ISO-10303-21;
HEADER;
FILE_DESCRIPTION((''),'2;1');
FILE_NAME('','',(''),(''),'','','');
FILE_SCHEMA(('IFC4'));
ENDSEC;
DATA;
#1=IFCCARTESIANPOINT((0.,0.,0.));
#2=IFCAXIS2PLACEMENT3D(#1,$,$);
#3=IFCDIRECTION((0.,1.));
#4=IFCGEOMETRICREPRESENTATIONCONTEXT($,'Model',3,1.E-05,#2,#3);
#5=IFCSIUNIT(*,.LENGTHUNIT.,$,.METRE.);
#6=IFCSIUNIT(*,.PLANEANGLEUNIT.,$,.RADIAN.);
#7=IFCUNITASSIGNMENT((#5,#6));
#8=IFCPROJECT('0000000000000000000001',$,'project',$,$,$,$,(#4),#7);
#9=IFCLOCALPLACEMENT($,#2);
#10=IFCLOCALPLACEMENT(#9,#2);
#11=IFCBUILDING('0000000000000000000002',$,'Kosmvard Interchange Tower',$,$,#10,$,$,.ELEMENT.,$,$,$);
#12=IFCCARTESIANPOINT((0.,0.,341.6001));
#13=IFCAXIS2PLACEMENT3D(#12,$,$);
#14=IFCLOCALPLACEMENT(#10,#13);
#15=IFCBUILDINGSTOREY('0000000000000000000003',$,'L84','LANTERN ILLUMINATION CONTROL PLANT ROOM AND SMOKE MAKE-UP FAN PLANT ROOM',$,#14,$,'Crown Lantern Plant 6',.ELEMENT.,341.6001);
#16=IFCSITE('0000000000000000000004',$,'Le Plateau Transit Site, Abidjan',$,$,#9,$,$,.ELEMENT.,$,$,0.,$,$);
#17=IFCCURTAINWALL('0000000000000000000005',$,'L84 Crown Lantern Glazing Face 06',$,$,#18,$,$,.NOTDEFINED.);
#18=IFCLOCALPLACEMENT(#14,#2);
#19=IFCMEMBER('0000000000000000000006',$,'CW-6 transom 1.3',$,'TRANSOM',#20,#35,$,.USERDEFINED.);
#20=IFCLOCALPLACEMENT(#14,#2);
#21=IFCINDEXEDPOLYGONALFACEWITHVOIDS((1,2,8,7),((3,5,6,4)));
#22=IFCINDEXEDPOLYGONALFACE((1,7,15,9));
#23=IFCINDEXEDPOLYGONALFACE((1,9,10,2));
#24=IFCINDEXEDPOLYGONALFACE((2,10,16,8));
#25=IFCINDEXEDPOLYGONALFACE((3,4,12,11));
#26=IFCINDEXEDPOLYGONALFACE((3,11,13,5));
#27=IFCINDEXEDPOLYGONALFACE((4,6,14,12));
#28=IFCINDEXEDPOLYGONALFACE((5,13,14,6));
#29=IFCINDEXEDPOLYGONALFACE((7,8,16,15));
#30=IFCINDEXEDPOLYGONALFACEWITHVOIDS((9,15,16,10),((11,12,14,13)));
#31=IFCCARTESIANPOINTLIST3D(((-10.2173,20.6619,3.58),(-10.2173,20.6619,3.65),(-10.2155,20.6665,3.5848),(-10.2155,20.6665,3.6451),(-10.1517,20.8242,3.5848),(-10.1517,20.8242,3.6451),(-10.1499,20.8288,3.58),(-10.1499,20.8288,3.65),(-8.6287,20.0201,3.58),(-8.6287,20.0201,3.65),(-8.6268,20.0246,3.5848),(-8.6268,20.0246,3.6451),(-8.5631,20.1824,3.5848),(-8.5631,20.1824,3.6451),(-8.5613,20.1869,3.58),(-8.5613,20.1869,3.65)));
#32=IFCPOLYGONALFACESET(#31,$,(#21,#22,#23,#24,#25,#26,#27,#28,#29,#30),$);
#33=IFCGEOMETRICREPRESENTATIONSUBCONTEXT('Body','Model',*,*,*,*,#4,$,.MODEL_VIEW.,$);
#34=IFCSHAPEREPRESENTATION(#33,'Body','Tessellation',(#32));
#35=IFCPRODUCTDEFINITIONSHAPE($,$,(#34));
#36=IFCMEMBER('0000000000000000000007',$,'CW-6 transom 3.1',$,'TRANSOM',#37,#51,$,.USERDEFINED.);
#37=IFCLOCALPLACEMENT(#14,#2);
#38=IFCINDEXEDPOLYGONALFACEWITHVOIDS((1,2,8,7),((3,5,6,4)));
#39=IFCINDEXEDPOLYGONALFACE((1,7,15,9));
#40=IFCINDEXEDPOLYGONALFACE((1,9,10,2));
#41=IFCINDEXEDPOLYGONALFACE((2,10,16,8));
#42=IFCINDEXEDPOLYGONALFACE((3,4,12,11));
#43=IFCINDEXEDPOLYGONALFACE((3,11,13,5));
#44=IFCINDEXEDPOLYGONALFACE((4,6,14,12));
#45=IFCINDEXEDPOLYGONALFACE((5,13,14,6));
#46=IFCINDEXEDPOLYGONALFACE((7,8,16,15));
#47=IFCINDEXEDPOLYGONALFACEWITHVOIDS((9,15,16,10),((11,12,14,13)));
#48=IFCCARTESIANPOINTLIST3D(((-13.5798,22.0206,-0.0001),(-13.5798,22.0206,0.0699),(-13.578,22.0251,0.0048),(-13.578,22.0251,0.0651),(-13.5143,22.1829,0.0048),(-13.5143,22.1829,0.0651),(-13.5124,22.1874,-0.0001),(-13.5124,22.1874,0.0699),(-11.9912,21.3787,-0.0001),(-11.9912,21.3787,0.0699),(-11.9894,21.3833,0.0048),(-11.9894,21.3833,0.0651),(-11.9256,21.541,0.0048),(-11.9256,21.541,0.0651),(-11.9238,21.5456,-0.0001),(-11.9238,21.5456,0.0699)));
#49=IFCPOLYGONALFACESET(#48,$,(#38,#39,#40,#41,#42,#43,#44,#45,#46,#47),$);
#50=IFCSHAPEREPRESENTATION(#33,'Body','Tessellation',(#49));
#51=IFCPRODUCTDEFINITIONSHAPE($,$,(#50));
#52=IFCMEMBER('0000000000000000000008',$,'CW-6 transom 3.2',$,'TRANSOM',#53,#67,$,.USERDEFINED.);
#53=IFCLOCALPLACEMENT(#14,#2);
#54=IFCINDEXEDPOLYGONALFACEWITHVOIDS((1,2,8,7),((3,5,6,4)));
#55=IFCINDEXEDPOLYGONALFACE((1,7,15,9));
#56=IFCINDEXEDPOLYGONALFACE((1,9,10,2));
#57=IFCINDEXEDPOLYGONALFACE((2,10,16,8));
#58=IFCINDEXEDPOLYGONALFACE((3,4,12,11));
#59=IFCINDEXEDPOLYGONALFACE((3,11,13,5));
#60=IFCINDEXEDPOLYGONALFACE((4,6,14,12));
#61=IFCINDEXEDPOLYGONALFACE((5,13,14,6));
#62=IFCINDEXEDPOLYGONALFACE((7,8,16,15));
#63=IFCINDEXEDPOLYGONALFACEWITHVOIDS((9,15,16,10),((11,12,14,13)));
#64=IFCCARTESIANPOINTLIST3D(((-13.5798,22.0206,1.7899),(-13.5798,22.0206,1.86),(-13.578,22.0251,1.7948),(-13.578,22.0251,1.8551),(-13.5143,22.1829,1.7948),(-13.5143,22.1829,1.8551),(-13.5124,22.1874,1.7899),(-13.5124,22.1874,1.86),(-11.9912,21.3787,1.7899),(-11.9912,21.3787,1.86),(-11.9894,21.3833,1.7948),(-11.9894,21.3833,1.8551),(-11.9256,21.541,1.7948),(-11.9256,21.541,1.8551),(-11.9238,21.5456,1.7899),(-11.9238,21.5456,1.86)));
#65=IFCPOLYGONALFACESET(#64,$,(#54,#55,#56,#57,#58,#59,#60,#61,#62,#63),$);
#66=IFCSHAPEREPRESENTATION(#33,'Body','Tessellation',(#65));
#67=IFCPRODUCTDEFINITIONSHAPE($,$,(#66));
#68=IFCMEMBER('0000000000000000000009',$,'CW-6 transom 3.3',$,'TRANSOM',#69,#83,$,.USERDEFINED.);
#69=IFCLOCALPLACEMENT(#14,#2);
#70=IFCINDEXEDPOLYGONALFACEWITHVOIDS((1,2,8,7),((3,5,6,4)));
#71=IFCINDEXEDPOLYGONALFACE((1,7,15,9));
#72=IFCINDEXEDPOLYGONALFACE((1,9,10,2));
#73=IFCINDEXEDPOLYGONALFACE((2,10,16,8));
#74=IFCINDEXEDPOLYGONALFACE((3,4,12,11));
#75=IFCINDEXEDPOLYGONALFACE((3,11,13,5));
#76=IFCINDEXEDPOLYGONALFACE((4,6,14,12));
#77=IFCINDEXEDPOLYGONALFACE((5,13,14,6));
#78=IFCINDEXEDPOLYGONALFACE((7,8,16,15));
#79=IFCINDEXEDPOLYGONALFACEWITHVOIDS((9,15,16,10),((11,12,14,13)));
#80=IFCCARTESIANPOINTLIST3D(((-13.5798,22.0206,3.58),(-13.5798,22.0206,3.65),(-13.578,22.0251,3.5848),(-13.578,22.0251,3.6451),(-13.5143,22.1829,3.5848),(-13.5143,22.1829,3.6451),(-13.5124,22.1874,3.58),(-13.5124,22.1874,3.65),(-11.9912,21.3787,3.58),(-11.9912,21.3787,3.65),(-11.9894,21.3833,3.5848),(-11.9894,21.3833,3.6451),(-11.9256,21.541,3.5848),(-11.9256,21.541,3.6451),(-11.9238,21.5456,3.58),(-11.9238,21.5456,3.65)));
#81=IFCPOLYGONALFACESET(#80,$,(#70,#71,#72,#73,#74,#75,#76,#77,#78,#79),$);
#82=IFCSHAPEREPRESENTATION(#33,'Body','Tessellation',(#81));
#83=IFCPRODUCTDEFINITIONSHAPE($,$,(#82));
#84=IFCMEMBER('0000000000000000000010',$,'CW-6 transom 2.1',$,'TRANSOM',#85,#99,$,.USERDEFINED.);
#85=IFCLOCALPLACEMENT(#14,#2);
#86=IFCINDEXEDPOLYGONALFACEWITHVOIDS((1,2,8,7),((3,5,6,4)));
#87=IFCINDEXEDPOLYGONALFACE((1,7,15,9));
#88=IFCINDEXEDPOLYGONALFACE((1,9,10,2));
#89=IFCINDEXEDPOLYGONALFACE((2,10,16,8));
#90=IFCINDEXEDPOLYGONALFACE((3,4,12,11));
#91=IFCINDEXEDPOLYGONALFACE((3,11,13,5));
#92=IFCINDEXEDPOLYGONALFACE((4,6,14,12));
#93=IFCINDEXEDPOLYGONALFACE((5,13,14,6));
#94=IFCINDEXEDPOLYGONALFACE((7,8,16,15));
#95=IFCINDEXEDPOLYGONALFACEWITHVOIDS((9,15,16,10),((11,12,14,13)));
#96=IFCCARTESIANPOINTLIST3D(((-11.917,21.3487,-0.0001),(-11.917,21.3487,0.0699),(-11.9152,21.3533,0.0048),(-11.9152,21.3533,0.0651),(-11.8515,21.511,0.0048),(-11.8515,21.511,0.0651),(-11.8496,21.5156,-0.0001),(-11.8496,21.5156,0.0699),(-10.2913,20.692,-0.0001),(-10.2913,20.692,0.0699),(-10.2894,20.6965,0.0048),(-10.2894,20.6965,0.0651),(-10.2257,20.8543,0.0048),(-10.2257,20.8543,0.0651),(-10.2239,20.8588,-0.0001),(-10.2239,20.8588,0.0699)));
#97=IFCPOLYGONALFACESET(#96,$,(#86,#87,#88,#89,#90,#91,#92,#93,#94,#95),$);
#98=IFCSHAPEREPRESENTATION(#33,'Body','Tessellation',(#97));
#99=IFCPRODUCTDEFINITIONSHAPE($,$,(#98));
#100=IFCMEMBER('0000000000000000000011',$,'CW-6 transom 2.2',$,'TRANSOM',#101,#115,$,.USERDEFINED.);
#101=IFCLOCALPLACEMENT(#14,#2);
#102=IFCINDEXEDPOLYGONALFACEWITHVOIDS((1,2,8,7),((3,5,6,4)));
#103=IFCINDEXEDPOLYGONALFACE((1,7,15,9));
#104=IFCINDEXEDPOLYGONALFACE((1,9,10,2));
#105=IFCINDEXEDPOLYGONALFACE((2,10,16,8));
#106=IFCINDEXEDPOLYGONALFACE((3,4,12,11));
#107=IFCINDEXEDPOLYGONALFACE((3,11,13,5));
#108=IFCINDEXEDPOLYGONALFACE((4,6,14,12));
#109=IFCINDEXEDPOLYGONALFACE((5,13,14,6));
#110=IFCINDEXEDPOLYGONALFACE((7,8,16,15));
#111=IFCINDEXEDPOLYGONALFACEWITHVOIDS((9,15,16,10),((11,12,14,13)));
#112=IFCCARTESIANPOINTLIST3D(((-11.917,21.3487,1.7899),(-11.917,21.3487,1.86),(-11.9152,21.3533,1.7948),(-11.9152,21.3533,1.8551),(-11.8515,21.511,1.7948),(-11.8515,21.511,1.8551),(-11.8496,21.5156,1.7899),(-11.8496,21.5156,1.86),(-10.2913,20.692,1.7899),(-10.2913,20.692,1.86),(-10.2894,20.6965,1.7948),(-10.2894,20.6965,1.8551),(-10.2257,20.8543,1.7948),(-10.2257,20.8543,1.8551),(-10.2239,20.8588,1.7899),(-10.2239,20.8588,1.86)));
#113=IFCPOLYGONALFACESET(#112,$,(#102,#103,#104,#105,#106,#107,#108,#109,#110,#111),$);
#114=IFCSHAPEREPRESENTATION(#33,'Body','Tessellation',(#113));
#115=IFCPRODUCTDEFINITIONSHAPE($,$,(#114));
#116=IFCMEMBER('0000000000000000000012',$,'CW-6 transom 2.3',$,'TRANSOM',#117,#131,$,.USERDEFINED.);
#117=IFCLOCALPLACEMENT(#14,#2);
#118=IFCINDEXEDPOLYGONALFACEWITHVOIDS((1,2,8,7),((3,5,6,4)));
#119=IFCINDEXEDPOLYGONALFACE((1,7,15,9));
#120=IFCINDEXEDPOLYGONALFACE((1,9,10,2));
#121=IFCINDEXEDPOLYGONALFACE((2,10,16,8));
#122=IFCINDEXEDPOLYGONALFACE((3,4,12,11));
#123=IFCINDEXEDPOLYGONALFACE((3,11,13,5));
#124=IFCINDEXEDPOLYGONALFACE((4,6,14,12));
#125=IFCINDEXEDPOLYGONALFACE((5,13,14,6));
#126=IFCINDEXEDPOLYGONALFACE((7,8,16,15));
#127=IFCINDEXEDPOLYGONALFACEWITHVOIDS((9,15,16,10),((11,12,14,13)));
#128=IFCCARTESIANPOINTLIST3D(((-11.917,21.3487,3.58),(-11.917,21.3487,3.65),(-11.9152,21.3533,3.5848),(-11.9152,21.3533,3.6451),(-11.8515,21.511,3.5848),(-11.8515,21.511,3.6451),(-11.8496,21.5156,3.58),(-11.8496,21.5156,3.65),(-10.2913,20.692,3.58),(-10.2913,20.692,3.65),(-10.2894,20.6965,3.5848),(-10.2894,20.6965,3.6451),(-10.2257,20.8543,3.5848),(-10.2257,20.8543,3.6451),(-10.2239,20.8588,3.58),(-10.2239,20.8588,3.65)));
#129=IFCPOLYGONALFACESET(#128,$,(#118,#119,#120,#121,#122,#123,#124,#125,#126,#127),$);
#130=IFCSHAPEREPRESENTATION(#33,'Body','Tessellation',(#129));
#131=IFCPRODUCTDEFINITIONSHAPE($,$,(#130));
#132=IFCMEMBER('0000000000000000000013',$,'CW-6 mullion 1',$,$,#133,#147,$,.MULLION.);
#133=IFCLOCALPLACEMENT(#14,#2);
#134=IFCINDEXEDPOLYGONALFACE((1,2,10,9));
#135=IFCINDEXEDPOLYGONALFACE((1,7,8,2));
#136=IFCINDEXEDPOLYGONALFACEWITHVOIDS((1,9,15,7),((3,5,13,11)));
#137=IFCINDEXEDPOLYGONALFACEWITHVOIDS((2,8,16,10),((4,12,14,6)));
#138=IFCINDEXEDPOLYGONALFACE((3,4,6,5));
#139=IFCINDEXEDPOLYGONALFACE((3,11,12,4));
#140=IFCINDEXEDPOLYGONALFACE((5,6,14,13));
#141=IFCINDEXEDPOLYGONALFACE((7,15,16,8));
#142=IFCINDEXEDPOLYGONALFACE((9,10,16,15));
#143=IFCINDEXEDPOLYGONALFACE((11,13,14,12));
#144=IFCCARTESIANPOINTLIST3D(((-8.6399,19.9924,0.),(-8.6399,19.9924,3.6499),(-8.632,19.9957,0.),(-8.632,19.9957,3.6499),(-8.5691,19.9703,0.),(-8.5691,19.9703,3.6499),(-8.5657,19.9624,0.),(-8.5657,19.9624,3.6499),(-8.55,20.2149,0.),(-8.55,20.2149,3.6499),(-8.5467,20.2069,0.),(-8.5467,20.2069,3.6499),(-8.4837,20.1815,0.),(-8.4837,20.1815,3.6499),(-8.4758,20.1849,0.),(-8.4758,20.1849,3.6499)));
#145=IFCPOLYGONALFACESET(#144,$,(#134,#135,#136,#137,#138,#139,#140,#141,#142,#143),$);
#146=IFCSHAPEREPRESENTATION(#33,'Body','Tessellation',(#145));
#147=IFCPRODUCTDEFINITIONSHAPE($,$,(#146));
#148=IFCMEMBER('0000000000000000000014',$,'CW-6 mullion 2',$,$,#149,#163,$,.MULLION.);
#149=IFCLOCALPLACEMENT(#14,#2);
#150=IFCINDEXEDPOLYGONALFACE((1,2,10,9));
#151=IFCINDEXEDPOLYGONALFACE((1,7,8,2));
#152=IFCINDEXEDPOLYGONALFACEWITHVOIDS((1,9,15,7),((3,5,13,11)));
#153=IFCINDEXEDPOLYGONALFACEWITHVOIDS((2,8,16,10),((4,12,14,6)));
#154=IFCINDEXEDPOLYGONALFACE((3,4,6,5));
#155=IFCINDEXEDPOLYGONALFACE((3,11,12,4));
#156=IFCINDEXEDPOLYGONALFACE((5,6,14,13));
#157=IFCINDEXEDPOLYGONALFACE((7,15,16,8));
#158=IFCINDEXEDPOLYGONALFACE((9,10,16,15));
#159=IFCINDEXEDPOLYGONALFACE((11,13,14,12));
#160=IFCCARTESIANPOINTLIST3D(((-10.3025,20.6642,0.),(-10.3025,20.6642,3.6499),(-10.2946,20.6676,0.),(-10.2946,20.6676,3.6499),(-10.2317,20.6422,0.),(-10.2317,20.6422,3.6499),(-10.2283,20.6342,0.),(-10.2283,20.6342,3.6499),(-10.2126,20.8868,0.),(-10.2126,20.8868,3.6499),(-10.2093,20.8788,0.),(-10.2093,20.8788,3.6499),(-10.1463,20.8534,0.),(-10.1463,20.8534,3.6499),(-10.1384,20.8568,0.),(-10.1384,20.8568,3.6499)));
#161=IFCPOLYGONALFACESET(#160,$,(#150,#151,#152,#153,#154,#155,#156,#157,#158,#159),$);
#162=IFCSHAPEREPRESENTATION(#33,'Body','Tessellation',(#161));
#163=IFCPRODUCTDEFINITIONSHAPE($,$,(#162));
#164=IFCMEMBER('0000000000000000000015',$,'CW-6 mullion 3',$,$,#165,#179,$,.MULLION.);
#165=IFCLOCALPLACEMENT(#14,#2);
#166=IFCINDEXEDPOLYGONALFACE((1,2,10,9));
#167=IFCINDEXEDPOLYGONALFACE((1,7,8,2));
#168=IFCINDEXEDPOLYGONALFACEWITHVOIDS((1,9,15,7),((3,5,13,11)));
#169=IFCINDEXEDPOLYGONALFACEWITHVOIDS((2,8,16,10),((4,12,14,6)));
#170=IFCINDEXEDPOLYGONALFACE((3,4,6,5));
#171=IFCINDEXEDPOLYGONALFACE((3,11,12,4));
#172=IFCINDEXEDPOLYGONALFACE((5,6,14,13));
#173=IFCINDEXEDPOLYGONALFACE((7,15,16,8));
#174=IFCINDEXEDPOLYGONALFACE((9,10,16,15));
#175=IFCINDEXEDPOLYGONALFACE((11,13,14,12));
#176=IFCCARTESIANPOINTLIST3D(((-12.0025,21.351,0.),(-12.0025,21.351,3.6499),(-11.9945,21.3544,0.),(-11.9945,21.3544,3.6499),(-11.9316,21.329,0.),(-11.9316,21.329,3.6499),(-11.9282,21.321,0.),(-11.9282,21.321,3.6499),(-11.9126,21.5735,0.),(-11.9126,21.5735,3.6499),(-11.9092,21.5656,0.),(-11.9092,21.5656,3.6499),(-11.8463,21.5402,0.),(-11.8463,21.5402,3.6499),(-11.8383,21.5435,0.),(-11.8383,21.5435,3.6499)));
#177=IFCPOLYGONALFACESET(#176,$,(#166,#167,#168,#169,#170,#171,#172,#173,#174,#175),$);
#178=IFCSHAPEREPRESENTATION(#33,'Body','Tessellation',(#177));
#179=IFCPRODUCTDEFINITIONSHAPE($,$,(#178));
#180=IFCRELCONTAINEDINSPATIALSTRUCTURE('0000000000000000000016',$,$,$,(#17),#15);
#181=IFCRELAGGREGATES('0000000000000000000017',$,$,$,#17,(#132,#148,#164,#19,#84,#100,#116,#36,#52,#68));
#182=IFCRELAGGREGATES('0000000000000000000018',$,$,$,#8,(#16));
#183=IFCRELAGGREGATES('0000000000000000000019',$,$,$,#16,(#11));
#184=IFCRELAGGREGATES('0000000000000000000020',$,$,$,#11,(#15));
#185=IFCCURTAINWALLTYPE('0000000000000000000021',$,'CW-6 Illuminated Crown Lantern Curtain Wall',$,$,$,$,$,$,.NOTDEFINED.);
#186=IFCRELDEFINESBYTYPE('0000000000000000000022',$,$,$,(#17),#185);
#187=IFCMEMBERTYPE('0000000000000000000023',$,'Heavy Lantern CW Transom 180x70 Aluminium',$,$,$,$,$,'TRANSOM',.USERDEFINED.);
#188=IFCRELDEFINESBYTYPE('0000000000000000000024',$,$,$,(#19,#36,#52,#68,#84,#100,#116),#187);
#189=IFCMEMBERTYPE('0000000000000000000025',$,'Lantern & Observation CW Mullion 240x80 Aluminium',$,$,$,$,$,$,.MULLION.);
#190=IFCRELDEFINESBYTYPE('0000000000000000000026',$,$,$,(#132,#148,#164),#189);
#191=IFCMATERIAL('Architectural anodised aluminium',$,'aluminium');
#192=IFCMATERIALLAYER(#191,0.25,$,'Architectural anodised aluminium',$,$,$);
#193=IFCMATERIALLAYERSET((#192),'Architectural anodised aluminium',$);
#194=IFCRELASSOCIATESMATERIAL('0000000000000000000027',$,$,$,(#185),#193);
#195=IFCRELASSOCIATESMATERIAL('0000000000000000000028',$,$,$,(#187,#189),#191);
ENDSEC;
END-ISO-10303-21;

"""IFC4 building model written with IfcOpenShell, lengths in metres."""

from ifc_helpers import new_model, si_unit, direction, frame, origin, origin_2d, place, context, subcontext, project, spatial, hollow_rectangle, extrude, source, transform, mapped, material, layer, layer_set, material_profile, profile_set, type_object, element, aggregate, save


model = new_model("IFC4")

# Units and contexts
model_context = context("Model", 3, precision=1e-05, world=origin(), true_north=direction((0.0, 1.0)))
body_context = subcontext(model_context, "Body", "Model", "MODEL_VIEW")
ifc_project = project(units=[si_unit("LENGTHUNIT", "METRE"), si_unit("PLANEANGLEUNIT", "RADIAN")], contexts=[model_context])

# Site, building, storey
site_placement = place(None, origin())
site = spatial("IfcSite", under=ifc_project, at=site_placement, Name="Le Plateau Transit Site, Abidjan", CompositionType="ELEMENT", RefElevation=0.0)
building_placement = place(site_placement, origin())
building = spatial("IfcBuilding", under=site, at=building_placement, Name="Kosmvard Interchange Tower", CompositionType="ELEMENT")
storey_placement = place(building_placement, frame((0.0, 0.0, 341.6001)))
storey = spatial("IfcBuildingStorey", under=building, at=storey_placement, Name="L84", Description="LANTERN ILLUMINATION CONTROL PLANT ROOM AND SMOKE MAKE-UP FAN PLANT ROOM", LongName="Crown Lantern Plant 6", CompositionType="ELEMENT", Elevation=341.6001)

# Curtain wall, members
ifc_material_1 = material(Name="Architectural anodised aluminium", Category="aluminium")
ifc_layer_1 = layer(ifc_material_1, 0.25, Name="Architectural anodised aluminium")
ifc_layer_set_1 = layer_set([ifc_layer_1], Name="Architectural anodised aluminium")
curtain_wall_type = type_object("IfcCurtainWallType", Name="CW-6 Illuminated Crown Lantern Curtain Wall", PredefinedType="NOTDEFINED", material=ifc_layer_set_1)
curtain_wall_placement = place(storey_placement, origin())
curtain_wall = element("IfcCurtainWall", 1, at=curtain_wall_placement, inside=storey, type_object=curtain_wall_type, Name="L84 Crown Lantern Glazing Face 06", PredefinedType="NOTDEFINED")
ifc_material_profile_1 = material_profile(ifc_material_1, hollow_rectangle(XDim=0.1799, YDim=0.0701, WallThickness=0.0049, at=origin_2d()), Name="CWT 180x70x5")
ifc_profile_set_1 = profile_set([ifc_material_profile_1], Name="Architectural anodised aluminium")
member_type_1 = type_object("IfcMemberType", Name="Heavy Lantern CW Transom 180x70 Aluminium", ElementType="TRANSOM", PredefinedType="USERDEFINED", material=ifc_profile_set_1)
shared_shape_1 = source(origin(), body_context, "Body", "SweptSolid", [
    extrude(hollow_rectangle(XDim=0.1799, YDim=0.0701, WallThickness=0.0049, at=origin_2d()), origin(), (0.0, 0.0, 1.0), 1.7134),
])
member_1_placement = place(storey_placement, frame((-8.595, 20.1035, 3.615), z_axis=(-0.927184, 0.374607, 0.0), x_axis=(-0.374607, -0.927184, 0.0)))
member_1 = element("IfcMember", 2, at=member_1_placement, type_object=member_type_1, Name="CW-6 transom 1.3", ObjectType="TRANSOM", PredefinedType="USERDEFINED", context=body_context, shape_type="MappedRepresentation", body=[
    mapped(shared_shape_1, transform((0.0, 0.0, 0.0), scale=1.0)),
])
member_2_placement = place(storey_placement, frame((-11.9575, 21.4622, 0.0349), z_axis=(-0.927184, 0.374607, 0.0), x_axis=(-0.374607, -0.927184, 0.0)))
member_2 = element("IfcMember", 3, at=member_2_placement, type_object=member_type_1, Name="CW-6 transom 3.1", ObjectType="TRANSOM", PredefinedType="USERDEFINED", context=body_context, shape_type="MappedRepresentation", body=[
    mapped(shared_shape_1, transform((0.0, 0.0, 0.0), scale=1.0)),
])
member_3_placement = place(storey_placement, frame((-11.9575, 21.4622, 1.825), z_axis=(-0.927184, 0.374607, 0.0), x_axis=(-0.374607, -0.927184, 0.0)))
member_3 = element("IfcMember", 4, at=member_3_placement, type_object=member_type_1, Name="CW-6 transom 3.2", ObjectType="TRANSOM", PredefinedType="USERDEFINED", context=body_context, shape_type="MappedRepresentation", body=[
    mapped(shared_shape_1, transform((0.0, 0.0, 0.0), scale=1.0)),
])
member_4_placement = place(storey_placement, frame((-11.9575, 21.4622, 3.615), z_axis=(-0.927184, 0.374607, 0.0), x_axis=(-0.374607, -0.927184, 0.0)))
member_4 = element("IfcMember", 5, at=member_4_placement, type_object=member_type_1, Name="CW-6 transom 3.3", ObjectType="TRANSOM", PredefinedType="USERDEFINED", context=body_context, shape_type="MappedRepresentation", body=[
    mapped(shared_shape_1, transform((0.0, 0.0, 0.0), scale=1.0)),
])
shared_shape_2 = source(origin(), body_context, "Body", "SweptSolid", [
    extrude(hollow_rectangle(XDim=0.1799, YDim=0.0701, WallThickness=0.0049, at=origin_2d()), origin(), (0.0, 0.0, 1.0), 1.7534),
])
member_5_placement = place(storey_placement, frame((-10.2576, 20.7754, 0.0349), z_axis=(-0.927204, 0.374557, 0.0), x_axis=(-0.374557, -0.927204, 0.0)))
member_5 = element("IfcMember", 6, at=member_5_placement, type_object=member_type_1, Name="CW-6 transom 2.1", ObjectType="TRANSOM", PredefinedType="USERDEFINED", context=body_context, shape_type="MappedRepresentation", body=[
    mapped(shared_shape_2, transform((0.0, 0.0, 0.0), scale=1.0)),
])
member_6_placement = place(storey_placement, frame((-10.2576, 20.7754, 1.825), z_axis=(-0.927204, 0.374557, 0.0), x_axis=(-0.374557, -0.927204, 0.0)))
member_6 = element("IfcMember", 7, at=member_6_placement, type_object=member_type_1, Name="CW-6 transom 2.2", ObjectType="TRANSOM", PredefinedType="USERDEFINED", context=body_context, shape_type="MappedRepresentation", body=[
    mapped(shared_shape_2, transform((0.0, 0.0, 0.0), scale=1.0)),
])
member_7_placement = place(storey_placement, frame((-10.2576, 20.7754, 3.615), z_axis=(-0.927204, 0.374557, 0.0), x_axis=(-0.374557, -0.927204, 0.0)))
member_7 = element("IfcMember", 8, at=member_7_placement, type_object=member_type_1, Name="CW-6 transom 2.3", ObjectType="TRANSOM", PredefinedType="USERDEFINED", context=body_context, shape_type="MappedRepresentation", body=[
    mapped(shared_shape_2, transform((0.0, 0.0, 0.0), scale=1.0)),
])
ifc_material_profile_2 = material_profile(ifc_material_1, hollow_rectangle(XDim=0.24, YDim=0.0801, WallThickness=0.0061, at=origin_2d()), Name="CWM 240x80x6")
ifc_profile_set_2 = profile_set([ifc_material_profile_2], Name="Architectural anodised aluminium")
member_type_2 = type_object("IfcMemberType", Name="Lantern & Observation CW Mullion 240x80 Aluminium", PredefinedType="MULLION", material=ifc_profile_set_2)
shared_shape_3 = source(origin(), body_context, "Body", "SweptSolid", [
    extrude(hollow_rectangle(XDim=0.24, YDim=0.0801, WallThickness=0.0061, at=origin_2d()), origin(), (0.0, 0.0, 1.0), 3.6499),
])
member_8_placement = place(storey_placement, frame((-8.5579, 20.0886, 0.0), z_axis=(0.0, 0.0, 1.0), x_axis=(-0.374607, -0.927184, 0.0)))
member_8 = element("IfcMember", 9, at=member_8_placement, type_object=member_type_2, Name="CW-6 mullion 1", PredefinedType="MULLION", context=body_context, shape_type="MappedRepresentation", body=[
    mapped(shared_shape_3, transform((0.0, 0.0, 0.0), scale=1.0)),
])
member_9_placement = place(storey_placement, frame((-10.2205, 20.7605, 0.0), z_axis=(0.0, 0.0, 1.0), x_axis=(-0.374607, -0.927184, 0.0)))
member_9 = element("IfcMember", 10, at=member_9_placement, type_object=member_type_2, Name="CW-6 mullion 2", PredefinedType="MULLION", context=body_context, shape_type="MappedRepresentation", body=[
    mapped(shared_shape_3, transform((0.0, 0.0, 0.0), scale=1.0)),
])
member_10_placement = place(storey_placement, frame((-11.9204, 21.4473, 0.0), z_axis=(0.0, 0.0, 1.0), x_axis=(-0.374607, -0.927184, 0.0)))
member_10 = element("IfcMember", 11, at=member_10_placement, type_object=member_type_2, Name="CW-6 mullion 3", PredefinedType="MULLION", context=body_context, shape_type="MappedRepresentation", body=[
    mapped(shared_shape_3, transform((0.0, 0.0, 0.0), scale=1.0)),
])

aggregate(curtain_wall, [member_8, member_9, member_10, member_1, member_5, member_6, member_7, member_2, member_3, member_4])

save(model, "model.ifc")
